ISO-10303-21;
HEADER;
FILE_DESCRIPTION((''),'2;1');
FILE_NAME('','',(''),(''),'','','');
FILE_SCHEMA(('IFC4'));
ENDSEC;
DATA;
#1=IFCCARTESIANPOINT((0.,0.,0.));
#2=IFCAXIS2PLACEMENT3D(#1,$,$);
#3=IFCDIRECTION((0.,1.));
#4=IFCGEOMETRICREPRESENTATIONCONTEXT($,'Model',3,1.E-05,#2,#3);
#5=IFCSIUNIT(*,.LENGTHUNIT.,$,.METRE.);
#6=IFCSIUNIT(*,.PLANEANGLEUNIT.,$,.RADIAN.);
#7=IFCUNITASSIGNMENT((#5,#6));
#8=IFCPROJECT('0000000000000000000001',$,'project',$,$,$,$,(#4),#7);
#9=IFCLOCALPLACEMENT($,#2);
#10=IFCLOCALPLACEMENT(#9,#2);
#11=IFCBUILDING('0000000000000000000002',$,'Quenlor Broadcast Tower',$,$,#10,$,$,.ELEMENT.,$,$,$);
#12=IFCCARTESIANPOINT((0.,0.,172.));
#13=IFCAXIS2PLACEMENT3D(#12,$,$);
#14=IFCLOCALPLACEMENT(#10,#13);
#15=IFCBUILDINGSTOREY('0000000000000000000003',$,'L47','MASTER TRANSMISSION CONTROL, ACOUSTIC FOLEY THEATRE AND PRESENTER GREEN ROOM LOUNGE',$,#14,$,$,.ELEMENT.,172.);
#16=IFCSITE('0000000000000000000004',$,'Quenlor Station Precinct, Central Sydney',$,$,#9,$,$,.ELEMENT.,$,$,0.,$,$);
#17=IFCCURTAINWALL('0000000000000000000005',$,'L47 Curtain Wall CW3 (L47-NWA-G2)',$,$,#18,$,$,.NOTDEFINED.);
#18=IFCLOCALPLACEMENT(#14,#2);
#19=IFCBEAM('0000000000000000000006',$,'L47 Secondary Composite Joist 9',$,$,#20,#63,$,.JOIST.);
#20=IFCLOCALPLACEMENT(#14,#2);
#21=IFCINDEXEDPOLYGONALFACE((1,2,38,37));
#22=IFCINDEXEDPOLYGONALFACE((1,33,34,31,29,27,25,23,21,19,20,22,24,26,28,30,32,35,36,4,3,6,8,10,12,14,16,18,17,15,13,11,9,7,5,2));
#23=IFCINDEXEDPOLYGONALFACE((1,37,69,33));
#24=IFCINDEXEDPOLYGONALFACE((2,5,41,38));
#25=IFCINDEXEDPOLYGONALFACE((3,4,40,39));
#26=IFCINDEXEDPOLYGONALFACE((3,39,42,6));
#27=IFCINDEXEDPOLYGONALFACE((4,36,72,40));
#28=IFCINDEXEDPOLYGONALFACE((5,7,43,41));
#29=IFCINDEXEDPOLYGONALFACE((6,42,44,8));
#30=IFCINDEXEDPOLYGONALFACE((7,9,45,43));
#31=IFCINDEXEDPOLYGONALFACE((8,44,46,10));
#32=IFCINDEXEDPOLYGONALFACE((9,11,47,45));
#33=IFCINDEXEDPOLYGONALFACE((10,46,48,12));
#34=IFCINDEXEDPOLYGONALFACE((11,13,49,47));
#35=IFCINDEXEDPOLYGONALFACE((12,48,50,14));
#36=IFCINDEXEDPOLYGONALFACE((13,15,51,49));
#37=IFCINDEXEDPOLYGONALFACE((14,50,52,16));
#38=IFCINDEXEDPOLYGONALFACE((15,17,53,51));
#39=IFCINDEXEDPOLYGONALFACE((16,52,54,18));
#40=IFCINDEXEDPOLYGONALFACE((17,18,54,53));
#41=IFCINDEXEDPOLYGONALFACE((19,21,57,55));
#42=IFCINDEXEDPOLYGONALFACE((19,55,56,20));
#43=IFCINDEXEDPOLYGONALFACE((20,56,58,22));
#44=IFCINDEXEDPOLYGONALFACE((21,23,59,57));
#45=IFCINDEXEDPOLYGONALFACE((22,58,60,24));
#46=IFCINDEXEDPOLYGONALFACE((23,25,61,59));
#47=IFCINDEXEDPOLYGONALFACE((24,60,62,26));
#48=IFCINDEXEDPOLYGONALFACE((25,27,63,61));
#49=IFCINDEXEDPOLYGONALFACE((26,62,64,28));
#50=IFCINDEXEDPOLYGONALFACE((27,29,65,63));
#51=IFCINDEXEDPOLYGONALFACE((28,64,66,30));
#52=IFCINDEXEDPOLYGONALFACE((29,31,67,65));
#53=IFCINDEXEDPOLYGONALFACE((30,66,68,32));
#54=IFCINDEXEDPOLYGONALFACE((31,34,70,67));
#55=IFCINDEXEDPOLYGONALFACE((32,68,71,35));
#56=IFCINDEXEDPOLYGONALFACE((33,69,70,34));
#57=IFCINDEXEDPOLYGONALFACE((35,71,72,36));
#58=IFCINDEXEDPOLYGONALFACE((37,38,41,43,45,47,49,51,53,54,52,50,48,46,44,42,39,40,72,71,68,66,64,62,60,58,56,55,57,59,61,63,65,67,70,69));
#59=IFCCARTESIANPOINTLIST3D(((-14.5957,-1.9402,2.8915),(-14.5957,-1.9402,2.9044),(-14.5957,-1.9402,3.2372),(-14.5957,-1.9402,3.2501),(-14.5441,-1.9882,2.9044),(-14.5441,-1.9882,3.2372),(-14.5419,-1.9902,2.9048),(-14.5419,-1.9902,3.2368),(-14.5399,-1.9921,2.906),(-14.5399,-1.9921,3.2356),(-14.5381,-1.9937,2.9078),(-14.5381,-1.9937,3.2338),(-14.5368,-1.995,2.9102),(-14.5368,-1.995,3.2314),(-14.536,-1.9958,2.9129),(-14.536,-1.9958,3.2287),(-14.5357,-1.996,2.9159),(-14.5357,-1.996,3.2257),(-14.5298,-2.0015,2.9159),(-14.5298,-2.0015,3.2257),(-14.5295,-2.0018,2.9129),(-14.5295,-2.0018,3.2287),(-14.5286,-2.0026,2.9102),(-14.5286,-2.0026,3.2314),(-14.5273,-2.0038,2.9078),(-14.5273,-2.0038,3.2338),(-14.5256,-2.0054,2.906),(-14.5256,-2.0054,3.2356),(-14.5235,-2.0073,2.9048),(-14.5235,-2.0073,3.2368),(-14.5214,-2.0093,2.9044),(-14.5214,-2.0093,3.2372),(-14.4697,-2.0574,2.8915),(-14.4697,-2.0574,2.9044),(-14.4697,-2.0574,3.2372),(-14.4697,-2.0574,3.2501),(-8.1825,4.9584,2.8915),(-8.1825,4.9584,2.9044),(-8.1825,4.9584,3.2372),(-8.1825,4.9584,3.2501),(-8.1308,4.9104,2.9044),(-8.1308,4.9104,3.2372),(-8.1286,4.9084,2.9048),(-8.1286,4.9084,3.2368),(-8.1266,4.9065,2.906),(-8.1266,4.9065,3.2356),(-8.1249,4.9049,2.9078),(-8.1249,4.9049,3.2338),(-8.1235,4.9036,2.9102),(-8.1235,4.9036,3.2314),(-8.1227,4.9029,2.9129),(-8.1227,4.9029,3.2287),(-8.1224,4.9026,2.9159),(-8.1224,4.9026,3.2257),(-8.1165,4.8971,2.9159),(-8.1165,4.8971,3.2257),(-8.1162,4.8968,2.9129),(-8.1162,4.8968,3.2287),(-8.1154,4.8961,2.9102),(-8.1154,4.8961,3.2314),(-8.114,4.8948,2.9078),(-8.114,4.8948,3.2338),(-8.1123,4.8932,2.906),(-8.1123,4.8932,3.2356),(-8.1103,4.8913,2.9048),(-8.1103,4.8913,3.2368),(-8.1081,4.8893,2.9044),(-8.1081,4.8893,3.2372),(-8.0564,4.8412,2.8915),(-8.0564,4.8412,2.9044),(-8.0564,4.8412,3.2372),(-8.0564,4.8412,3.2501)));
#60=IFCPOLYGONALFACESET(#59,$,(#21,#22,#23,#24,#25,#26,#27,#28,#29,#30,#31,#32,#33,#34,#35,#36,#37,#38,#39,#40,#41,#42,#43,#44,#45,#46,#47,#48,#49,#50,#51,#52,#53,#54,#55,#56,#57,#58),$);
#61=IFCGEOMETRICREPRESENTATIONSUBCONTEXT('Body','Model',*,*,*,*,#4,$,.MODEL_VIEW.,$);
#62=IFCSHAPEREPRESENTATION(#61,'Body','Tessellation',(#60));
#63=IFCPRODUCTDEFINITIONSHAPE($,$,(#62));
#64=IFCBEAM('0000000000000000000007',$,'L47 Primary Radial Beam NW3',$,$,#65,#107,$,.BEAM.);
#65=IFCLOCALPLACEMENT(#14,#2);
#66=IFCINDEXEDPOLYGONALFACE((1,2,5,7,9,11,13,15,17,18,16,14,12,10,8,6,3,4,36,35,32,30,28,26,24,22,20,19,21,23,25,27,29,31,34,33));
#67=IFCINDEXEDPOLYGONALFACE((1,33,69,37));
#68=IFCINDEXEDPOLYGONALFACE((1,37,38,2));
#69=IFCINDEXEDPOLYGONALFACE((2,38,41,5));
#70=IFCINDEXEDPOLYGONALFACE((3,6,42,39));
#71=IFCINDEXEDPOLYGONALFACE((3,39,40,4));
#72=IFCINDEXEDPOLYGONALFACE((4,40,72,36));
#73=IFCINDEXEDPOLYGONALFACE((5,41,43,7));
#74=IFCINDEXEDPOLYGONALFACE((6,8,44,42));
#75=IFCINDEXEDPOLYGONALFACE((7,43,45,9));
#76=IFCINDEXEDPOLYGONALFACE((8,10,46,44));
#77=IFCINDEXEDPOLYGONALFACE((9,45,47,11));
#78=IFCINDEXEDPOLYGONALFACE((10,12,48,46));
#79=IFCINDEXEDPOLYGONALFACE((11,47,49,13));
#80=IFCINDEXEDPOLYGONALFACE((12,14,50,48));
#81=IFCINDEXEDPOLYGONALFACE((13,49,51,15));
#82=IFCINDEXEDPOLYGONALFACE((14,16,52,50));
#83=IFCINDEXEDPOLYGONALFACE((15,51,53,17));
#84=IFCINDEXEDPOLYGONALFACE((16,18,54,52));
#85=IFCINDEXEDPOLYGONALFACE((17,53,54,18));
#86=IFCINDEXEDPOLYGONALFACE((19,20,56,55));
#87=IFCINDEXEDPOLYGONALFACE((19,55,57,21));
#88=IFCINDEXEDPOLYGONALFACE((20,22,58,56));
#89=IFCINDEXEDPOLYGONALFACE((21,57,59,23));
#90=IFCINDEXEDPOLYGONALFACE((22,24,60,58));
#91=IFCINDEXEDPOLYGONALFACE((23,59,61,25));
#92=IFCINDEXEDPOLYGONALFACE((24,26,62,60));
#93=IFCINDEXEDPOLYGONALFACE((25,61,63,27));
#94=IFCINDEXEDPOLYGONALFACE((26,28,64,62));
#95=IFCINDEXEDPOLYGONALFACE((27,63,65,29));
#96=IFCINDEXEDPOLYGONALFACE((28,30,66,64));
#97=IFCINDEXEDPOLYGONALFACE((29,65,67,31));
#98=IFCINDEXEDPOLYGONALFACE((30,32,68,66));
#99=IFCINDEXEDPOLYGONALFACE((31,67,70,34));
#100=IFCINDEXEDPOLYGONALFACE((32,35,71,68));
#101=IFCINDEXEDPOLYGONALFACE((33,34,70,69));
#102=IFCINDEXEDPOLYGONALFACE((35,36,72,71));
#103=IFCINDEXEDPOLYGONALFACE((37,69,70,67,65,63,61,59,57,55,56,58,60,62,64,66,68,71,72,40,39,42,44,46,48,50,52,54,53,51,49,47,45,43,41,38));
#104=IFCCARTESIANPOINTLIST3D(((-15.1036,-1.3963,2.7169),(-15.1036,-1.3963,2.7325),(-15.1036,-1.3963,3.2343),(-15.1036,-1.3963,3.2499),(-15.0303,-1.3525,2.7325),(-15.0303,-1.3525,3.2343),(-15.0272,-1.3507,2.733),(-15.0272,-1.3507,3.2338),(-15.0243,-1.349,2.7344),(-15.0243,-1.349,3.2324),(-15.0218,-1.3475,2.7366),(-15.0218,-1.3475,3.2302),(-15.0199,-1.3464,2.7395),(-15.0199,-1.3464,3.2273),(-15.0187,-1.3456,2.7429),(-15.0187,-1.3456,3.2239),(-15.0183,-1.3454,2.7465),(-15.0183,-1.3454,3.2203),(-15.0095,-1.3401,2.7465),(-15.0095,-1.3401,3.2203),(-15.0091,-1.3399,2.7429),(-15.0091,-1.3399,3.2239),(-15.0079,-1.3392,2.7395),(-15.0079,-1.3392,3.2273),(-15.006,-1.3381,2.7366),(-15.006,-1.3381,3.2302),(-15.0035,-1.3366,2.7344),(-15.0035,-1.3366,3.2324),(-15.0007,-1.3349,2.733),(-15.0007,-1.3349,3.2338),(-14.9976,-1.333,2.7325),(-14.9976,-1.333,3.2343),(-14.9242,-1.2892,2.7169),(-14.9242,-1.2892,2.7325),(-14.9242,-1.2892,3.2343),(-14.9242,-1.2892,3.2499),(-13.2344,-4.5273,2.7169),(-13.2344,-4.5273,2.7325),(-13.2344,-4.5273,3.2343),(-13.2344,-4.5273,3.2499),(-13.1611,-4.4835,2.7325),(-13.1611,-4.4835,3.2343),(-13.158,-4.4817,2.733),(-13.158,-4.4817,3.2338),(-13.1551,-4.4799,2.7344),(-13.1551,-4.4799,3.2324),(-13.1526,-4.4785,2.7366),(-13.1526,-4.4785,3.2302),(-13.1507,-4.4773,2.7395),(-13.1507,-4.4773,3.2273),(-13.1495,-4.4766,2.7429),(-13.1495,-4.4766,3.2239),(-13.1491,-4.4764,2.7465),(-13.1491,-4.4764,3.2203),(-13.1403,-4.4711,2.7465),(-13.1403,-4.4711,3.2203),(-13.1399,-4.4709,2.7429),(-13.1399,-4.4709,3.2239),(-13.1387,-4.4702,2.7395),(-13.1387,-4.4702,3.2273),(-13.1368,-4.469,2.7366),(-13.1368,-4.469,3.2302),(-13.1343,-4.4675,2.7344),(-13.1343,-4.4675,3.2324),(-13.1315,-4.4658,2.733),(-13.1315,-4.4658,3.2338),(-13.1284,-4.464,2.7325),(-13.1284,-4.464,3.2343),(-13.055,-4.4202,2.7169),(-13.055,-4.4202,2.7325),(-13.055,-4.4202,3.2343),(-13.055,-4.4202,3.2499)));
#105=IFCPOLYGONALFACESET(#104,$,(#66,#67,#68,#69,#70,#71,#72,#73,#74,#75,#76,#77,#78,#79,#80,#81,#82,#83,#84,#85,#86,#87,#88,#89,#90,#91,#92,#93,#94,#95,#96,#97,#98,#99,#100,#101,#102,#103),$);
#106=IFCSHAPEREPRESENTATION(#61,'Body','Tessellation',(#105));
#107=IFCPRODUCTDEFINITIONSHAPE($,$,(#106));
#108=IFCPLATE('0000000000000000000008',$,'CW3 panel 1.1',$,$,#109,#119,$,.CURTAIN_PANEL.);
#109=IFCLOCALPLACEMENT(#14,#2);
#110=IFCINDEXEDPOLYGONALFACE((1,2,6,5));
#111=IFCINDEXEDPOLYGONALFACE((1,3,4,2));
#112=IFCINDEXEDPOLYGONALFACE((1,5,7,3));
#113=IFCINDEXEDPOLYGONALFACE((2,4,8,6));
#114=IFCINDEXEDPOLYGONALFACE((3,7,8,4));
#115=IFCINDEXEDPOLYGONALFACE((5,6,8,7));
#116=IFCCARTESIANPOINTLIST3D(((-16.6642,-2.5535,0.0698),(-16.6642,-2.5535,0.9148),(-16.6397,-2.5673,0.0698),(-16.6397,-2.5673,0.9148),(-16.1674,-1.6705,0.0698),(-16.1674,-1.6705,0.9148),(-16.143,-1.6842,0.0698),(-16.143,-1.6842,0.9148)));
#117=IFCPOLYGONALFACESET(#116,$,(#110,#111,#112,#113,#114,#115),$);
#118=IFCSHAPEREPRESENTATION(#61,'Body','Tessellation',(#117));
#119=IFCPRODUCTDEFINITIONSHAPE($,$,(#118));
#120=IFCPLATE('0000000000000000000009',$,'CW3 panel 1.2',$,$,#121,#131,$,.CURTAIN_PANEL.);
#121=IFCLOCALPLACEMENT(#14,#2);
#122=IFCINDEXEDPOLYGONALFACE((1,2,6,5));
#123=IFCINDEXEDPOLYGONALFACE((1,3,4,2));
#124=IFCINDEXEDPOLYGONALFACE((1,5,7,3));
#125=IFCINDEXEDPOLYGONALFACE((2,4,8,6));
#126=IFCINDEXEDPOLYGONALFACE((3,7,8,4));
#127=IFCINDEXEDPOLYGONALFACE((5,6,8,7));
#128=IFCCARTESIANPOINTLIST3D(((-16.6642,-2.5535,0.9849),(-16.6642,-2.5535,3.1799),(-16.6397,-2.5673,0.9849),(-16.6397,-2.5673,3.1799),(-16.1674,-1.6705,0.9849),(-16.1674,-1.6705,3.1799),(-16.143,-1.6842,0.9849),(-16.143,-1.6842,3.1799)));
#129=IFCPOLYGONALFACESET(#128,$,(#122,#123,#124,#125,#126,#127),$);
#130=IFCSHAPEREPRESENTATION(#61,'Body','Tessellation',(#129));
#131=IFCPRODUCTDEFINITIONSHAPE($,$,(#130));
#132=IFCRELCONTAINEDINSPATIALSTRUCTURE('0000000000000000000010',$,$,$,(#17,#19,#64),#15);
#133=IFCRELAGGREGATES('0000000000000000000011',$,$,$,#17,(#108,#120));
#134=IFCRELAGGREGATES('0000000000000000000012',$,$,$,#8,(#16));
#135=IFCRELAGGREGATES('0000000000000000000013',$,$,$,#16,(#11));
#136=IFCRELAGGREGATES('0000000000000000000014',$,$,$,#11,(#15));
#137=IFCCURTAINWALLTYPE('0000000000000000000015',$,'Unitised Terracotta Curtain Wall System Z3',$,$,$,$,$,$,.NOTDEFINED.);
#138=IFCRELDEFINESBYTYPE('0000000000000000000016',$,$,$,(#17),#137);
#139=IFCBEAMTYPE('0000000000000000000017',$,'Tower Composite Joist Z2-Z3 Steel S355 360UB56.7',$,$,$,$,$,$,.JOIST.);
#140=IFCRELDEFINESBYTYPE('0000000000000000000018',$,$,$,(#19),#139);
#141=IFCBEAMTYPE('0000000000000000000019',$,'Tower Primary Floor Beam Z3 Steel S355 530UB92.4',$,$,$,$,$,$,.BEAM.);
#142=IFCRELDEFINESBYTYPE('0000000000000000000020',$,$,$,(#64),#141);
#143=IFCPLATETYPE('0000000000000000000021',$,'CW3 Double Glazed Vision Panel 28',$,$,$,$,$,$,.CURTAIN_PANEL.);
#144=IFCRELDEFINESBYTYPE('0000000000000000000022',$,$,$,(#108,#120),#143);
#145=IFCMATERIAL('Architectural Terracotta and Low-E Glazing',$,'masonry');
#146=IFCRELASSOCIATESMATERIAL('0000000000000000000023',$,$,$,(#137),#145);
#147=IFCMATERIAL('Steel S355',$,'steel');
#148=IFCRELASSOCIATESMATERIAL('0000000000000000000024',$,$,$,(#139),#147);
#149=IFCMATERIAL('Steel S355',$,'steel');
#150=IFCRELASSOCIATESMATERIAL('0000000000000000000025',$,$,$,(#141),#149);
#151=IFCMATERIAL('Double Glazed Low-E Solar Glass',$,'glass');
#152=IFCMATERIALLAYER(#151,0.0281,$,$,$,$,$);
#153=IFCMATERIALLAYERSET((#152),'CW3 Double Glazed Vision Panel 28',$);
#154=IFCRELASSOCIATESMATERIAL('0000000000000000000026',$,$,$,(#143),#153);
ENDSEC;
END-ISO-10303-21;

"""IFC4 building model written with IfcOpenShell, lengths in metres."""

from ifc_helpers import new_model, si_unit, direction, frame, origin, origin_2d, place, context, subcontext, project, spatial, rectangle, i_section, extrude, material, layer, layer_set, material_profile, profile_set, type_object, element, aggregate, save


model = new_model("IFC4")

# Units and contexts
model_context = context("Model", 3, precision=1e-05, world=origin(), true_north=direction((0.0, 1.0)))
body_context = subcontext(model_context, "Body", "Model", "MODEL_VIEW")
ifc_project = project(units=[si_unit("LENGTHUNIT", "METRE"), si_unit("PLANEANGLEUNIT", "RADIAN")], contexts=[model_context])

# Site, building, storey
site_placement = place(None, origin())
site = spatial("IfcSite", under=ifc_project, at=site_placement, Name="Quenlor Station Precinct, Central Sydney", CompositionType="ELEMENT", RefElevation=0.0)
building_placement = place(site_placement, origin())
building = spatial("IfcBuilding", under=site, at=building_placement, Name="Quenlor Broadcast Tower", CompositionType="ELEMENT")
storey_placement = place(building_placement, frame((0.0, 0.0, 172.0)))
storey = spatial("IfcBuildingStorey", under=building, at=storey_placement, Name="L47", Description="MASTER TRANSMISSION CONTROL, ACOUSTIC FOLEY THEATRE AND PRESENTER GREEN ROOM LOUNGE", CompositionType="ELEMENT", Elevation=172.0)

# Curtain wall
ifc_material_1 = material(Name="Architectural Terracotta and Low-E Glazing", Category="masonry")
curtain_wall_type = type_object("IfcCurtainWallType", Name="Unitised Terracotta Curtain Wall System Z3", PredefinedType="NOTDEFINED", material=ifc_material_1)
curtain_wall_placement = place(storey_placement, origin())
curtain_wall = element("IfcCurtainWall", 1, at=curtain_wall_placement, inside=storey, type_object=curtain_wall_type, Name="L47 Curtain Wall CW3 (L47-NWA-G2)", PredefinedType="NOTDEFINED")

# Beams
ifc_material_2 = material(Name="Steel S355", Category="steel")
ifc_material_profile_1 = material_profile(ifc_material_2, i_section(OverallWidth=0.1721, OverallDepth=0.3586, WebThickness=0.0081, FlangeThickness=0.0129, FilletRadius=0.0115, at=origin_2d()))
ifc_profile_set_1 = profile_set([ifc_material_profile_1], Name="Steel S355 360UB56.7")
beam_type_1 = type_object("IfcBeamType", Name="Tower Composite Joist Z2-Z3 Steel S355 360UB56.7", PredefinedType="JOIST", material=ifc_profile_set_1)
beam_1_placement = place(storey_placement, frame((-14.5327, -1.9988, 3.0708), z_axis=(0.680874, 0.732401, 0.0), x_axis=(-0.732401, 0.680874, 0.0)))
element("IfcBeam", 2, at=beam_1_placement, inside=storey, type_object=beam_type_1, Name="L47 Secondary Composite Joist 9", PredefinedType="JOIST", context=body_context, shape_type="SweptSolid", body=[
    extrude(i_section(OverallWidth=0.1721, OverallDepth=0.3586, WebThickness=0.0081, FlangeThickness=0.0129, FilletRadius=0.0115, at=origin_2d()), origin(), (0.0, 0.0, 1.0), 9.4192),
])
ifc_material_3 = material(Name="Steel S355", Category="steel")
ifc_material_profile_2 = material_profile(ifc_material_3, i_section(OverallWidth=0.209, OverallDepth=0.533, WebThickness=0.0103, FlangeThickness=0.0156, FilletRadius=0.0139, at=origin_2d()))
ifc_profile_set_2 = profile_set([ifc_material_profile_2], Name="Steel S355 530UB92.4")
beam_type_2 = type_object("IfcBeamType", Name="Tower Primary Floor Beam Z3 Steel S355 530UB92.4", PredefinedType="BEAM", material=ifc_profile_set_2)
beam_2_placement = place(storey_placement, frame((-15.0139, -1.3428, 2.9834), z_axis=(0.512604, -0.858625, 0.0), x_axis=(0.858625, 0.512604, 0.0)))
element("IfcBeam", 3, at=beam_2_placement, inside=storey, type_object=beam_type_2, Name="L47 Primary Radial Beam NW3", PredefinedType="BEAM", context=body_context, shape_type="SweptSolid", body=[
    extrude(i_section(OverallWidth=0.209, OverallDepth=0.533, WebThickness=0.0103, FlangeThickness=0.0156, FilletRadius=0.0139, at=origin_2d()), origin(), (0.0, 0.0, 1.0), 3.6465),
])

# Plates
ifc_material_4 = material(Name="Double Glazed Low-E Solar Glass", Category="glass")
ifc_layer_1 = layer(ifc_material_4, 0.0281)
ifc_layer_set_1 = layer_set([ifc_layer_1], Name="CW3 Double Glazed Vision Panel 28")
plate_type_1 = type_object("IfcPlateType", Name="CW3 Double Glazed Vision Panel 28", PredefinedType="CURTAIN_PANEL", material=ifc_layer_set_1)
plate_1_placement = place(storey_placement, frame((-16.4036, -2.1189, 0.0698), z_axis=(0.0, 0.0, 1.0), x_axis=(0.490253, 0.87158, 0.0)))
plate_1 = element("IfcPlate", 4, at=plate_1_placement, type_object=plate_type_1, Name="CW3 panel 1.1", PredefinedType="CURTAIN_PANEL", context=body_context, shape_type="SweptSolid", body=[
    extrude(rectangle(XDim=1.0132, YDim=0.0281, at=origin_2d()), origin(), (0.0, 0.0, 1.0), 0.845),
])
plate_2_placement = place(storey_placement, frame((-16.4036, -2.1189, 0.9849), z_axis=(0.0, 0.0, 1.0), x_axis=(0.490253, 0.87158, 0.0)))
plate_2 = element("IfcPlate", 5, at=plate_2_placement, type_object=plate_type_1, Name="CW3 panel 1.2", PredefinedType="CURTAIN_PANEL", context=body_context, shape_type="SweptSolid", body=[
    extrude(rectangle(XDim=1.0132, YDim=0.0281, at=origin_2d()), origin(), (0.0, 0.0, 1.0), 2.1951),
])
aggregate(curtain_wall, [plate_1, plate_2])

save(model, "model.ifc")
